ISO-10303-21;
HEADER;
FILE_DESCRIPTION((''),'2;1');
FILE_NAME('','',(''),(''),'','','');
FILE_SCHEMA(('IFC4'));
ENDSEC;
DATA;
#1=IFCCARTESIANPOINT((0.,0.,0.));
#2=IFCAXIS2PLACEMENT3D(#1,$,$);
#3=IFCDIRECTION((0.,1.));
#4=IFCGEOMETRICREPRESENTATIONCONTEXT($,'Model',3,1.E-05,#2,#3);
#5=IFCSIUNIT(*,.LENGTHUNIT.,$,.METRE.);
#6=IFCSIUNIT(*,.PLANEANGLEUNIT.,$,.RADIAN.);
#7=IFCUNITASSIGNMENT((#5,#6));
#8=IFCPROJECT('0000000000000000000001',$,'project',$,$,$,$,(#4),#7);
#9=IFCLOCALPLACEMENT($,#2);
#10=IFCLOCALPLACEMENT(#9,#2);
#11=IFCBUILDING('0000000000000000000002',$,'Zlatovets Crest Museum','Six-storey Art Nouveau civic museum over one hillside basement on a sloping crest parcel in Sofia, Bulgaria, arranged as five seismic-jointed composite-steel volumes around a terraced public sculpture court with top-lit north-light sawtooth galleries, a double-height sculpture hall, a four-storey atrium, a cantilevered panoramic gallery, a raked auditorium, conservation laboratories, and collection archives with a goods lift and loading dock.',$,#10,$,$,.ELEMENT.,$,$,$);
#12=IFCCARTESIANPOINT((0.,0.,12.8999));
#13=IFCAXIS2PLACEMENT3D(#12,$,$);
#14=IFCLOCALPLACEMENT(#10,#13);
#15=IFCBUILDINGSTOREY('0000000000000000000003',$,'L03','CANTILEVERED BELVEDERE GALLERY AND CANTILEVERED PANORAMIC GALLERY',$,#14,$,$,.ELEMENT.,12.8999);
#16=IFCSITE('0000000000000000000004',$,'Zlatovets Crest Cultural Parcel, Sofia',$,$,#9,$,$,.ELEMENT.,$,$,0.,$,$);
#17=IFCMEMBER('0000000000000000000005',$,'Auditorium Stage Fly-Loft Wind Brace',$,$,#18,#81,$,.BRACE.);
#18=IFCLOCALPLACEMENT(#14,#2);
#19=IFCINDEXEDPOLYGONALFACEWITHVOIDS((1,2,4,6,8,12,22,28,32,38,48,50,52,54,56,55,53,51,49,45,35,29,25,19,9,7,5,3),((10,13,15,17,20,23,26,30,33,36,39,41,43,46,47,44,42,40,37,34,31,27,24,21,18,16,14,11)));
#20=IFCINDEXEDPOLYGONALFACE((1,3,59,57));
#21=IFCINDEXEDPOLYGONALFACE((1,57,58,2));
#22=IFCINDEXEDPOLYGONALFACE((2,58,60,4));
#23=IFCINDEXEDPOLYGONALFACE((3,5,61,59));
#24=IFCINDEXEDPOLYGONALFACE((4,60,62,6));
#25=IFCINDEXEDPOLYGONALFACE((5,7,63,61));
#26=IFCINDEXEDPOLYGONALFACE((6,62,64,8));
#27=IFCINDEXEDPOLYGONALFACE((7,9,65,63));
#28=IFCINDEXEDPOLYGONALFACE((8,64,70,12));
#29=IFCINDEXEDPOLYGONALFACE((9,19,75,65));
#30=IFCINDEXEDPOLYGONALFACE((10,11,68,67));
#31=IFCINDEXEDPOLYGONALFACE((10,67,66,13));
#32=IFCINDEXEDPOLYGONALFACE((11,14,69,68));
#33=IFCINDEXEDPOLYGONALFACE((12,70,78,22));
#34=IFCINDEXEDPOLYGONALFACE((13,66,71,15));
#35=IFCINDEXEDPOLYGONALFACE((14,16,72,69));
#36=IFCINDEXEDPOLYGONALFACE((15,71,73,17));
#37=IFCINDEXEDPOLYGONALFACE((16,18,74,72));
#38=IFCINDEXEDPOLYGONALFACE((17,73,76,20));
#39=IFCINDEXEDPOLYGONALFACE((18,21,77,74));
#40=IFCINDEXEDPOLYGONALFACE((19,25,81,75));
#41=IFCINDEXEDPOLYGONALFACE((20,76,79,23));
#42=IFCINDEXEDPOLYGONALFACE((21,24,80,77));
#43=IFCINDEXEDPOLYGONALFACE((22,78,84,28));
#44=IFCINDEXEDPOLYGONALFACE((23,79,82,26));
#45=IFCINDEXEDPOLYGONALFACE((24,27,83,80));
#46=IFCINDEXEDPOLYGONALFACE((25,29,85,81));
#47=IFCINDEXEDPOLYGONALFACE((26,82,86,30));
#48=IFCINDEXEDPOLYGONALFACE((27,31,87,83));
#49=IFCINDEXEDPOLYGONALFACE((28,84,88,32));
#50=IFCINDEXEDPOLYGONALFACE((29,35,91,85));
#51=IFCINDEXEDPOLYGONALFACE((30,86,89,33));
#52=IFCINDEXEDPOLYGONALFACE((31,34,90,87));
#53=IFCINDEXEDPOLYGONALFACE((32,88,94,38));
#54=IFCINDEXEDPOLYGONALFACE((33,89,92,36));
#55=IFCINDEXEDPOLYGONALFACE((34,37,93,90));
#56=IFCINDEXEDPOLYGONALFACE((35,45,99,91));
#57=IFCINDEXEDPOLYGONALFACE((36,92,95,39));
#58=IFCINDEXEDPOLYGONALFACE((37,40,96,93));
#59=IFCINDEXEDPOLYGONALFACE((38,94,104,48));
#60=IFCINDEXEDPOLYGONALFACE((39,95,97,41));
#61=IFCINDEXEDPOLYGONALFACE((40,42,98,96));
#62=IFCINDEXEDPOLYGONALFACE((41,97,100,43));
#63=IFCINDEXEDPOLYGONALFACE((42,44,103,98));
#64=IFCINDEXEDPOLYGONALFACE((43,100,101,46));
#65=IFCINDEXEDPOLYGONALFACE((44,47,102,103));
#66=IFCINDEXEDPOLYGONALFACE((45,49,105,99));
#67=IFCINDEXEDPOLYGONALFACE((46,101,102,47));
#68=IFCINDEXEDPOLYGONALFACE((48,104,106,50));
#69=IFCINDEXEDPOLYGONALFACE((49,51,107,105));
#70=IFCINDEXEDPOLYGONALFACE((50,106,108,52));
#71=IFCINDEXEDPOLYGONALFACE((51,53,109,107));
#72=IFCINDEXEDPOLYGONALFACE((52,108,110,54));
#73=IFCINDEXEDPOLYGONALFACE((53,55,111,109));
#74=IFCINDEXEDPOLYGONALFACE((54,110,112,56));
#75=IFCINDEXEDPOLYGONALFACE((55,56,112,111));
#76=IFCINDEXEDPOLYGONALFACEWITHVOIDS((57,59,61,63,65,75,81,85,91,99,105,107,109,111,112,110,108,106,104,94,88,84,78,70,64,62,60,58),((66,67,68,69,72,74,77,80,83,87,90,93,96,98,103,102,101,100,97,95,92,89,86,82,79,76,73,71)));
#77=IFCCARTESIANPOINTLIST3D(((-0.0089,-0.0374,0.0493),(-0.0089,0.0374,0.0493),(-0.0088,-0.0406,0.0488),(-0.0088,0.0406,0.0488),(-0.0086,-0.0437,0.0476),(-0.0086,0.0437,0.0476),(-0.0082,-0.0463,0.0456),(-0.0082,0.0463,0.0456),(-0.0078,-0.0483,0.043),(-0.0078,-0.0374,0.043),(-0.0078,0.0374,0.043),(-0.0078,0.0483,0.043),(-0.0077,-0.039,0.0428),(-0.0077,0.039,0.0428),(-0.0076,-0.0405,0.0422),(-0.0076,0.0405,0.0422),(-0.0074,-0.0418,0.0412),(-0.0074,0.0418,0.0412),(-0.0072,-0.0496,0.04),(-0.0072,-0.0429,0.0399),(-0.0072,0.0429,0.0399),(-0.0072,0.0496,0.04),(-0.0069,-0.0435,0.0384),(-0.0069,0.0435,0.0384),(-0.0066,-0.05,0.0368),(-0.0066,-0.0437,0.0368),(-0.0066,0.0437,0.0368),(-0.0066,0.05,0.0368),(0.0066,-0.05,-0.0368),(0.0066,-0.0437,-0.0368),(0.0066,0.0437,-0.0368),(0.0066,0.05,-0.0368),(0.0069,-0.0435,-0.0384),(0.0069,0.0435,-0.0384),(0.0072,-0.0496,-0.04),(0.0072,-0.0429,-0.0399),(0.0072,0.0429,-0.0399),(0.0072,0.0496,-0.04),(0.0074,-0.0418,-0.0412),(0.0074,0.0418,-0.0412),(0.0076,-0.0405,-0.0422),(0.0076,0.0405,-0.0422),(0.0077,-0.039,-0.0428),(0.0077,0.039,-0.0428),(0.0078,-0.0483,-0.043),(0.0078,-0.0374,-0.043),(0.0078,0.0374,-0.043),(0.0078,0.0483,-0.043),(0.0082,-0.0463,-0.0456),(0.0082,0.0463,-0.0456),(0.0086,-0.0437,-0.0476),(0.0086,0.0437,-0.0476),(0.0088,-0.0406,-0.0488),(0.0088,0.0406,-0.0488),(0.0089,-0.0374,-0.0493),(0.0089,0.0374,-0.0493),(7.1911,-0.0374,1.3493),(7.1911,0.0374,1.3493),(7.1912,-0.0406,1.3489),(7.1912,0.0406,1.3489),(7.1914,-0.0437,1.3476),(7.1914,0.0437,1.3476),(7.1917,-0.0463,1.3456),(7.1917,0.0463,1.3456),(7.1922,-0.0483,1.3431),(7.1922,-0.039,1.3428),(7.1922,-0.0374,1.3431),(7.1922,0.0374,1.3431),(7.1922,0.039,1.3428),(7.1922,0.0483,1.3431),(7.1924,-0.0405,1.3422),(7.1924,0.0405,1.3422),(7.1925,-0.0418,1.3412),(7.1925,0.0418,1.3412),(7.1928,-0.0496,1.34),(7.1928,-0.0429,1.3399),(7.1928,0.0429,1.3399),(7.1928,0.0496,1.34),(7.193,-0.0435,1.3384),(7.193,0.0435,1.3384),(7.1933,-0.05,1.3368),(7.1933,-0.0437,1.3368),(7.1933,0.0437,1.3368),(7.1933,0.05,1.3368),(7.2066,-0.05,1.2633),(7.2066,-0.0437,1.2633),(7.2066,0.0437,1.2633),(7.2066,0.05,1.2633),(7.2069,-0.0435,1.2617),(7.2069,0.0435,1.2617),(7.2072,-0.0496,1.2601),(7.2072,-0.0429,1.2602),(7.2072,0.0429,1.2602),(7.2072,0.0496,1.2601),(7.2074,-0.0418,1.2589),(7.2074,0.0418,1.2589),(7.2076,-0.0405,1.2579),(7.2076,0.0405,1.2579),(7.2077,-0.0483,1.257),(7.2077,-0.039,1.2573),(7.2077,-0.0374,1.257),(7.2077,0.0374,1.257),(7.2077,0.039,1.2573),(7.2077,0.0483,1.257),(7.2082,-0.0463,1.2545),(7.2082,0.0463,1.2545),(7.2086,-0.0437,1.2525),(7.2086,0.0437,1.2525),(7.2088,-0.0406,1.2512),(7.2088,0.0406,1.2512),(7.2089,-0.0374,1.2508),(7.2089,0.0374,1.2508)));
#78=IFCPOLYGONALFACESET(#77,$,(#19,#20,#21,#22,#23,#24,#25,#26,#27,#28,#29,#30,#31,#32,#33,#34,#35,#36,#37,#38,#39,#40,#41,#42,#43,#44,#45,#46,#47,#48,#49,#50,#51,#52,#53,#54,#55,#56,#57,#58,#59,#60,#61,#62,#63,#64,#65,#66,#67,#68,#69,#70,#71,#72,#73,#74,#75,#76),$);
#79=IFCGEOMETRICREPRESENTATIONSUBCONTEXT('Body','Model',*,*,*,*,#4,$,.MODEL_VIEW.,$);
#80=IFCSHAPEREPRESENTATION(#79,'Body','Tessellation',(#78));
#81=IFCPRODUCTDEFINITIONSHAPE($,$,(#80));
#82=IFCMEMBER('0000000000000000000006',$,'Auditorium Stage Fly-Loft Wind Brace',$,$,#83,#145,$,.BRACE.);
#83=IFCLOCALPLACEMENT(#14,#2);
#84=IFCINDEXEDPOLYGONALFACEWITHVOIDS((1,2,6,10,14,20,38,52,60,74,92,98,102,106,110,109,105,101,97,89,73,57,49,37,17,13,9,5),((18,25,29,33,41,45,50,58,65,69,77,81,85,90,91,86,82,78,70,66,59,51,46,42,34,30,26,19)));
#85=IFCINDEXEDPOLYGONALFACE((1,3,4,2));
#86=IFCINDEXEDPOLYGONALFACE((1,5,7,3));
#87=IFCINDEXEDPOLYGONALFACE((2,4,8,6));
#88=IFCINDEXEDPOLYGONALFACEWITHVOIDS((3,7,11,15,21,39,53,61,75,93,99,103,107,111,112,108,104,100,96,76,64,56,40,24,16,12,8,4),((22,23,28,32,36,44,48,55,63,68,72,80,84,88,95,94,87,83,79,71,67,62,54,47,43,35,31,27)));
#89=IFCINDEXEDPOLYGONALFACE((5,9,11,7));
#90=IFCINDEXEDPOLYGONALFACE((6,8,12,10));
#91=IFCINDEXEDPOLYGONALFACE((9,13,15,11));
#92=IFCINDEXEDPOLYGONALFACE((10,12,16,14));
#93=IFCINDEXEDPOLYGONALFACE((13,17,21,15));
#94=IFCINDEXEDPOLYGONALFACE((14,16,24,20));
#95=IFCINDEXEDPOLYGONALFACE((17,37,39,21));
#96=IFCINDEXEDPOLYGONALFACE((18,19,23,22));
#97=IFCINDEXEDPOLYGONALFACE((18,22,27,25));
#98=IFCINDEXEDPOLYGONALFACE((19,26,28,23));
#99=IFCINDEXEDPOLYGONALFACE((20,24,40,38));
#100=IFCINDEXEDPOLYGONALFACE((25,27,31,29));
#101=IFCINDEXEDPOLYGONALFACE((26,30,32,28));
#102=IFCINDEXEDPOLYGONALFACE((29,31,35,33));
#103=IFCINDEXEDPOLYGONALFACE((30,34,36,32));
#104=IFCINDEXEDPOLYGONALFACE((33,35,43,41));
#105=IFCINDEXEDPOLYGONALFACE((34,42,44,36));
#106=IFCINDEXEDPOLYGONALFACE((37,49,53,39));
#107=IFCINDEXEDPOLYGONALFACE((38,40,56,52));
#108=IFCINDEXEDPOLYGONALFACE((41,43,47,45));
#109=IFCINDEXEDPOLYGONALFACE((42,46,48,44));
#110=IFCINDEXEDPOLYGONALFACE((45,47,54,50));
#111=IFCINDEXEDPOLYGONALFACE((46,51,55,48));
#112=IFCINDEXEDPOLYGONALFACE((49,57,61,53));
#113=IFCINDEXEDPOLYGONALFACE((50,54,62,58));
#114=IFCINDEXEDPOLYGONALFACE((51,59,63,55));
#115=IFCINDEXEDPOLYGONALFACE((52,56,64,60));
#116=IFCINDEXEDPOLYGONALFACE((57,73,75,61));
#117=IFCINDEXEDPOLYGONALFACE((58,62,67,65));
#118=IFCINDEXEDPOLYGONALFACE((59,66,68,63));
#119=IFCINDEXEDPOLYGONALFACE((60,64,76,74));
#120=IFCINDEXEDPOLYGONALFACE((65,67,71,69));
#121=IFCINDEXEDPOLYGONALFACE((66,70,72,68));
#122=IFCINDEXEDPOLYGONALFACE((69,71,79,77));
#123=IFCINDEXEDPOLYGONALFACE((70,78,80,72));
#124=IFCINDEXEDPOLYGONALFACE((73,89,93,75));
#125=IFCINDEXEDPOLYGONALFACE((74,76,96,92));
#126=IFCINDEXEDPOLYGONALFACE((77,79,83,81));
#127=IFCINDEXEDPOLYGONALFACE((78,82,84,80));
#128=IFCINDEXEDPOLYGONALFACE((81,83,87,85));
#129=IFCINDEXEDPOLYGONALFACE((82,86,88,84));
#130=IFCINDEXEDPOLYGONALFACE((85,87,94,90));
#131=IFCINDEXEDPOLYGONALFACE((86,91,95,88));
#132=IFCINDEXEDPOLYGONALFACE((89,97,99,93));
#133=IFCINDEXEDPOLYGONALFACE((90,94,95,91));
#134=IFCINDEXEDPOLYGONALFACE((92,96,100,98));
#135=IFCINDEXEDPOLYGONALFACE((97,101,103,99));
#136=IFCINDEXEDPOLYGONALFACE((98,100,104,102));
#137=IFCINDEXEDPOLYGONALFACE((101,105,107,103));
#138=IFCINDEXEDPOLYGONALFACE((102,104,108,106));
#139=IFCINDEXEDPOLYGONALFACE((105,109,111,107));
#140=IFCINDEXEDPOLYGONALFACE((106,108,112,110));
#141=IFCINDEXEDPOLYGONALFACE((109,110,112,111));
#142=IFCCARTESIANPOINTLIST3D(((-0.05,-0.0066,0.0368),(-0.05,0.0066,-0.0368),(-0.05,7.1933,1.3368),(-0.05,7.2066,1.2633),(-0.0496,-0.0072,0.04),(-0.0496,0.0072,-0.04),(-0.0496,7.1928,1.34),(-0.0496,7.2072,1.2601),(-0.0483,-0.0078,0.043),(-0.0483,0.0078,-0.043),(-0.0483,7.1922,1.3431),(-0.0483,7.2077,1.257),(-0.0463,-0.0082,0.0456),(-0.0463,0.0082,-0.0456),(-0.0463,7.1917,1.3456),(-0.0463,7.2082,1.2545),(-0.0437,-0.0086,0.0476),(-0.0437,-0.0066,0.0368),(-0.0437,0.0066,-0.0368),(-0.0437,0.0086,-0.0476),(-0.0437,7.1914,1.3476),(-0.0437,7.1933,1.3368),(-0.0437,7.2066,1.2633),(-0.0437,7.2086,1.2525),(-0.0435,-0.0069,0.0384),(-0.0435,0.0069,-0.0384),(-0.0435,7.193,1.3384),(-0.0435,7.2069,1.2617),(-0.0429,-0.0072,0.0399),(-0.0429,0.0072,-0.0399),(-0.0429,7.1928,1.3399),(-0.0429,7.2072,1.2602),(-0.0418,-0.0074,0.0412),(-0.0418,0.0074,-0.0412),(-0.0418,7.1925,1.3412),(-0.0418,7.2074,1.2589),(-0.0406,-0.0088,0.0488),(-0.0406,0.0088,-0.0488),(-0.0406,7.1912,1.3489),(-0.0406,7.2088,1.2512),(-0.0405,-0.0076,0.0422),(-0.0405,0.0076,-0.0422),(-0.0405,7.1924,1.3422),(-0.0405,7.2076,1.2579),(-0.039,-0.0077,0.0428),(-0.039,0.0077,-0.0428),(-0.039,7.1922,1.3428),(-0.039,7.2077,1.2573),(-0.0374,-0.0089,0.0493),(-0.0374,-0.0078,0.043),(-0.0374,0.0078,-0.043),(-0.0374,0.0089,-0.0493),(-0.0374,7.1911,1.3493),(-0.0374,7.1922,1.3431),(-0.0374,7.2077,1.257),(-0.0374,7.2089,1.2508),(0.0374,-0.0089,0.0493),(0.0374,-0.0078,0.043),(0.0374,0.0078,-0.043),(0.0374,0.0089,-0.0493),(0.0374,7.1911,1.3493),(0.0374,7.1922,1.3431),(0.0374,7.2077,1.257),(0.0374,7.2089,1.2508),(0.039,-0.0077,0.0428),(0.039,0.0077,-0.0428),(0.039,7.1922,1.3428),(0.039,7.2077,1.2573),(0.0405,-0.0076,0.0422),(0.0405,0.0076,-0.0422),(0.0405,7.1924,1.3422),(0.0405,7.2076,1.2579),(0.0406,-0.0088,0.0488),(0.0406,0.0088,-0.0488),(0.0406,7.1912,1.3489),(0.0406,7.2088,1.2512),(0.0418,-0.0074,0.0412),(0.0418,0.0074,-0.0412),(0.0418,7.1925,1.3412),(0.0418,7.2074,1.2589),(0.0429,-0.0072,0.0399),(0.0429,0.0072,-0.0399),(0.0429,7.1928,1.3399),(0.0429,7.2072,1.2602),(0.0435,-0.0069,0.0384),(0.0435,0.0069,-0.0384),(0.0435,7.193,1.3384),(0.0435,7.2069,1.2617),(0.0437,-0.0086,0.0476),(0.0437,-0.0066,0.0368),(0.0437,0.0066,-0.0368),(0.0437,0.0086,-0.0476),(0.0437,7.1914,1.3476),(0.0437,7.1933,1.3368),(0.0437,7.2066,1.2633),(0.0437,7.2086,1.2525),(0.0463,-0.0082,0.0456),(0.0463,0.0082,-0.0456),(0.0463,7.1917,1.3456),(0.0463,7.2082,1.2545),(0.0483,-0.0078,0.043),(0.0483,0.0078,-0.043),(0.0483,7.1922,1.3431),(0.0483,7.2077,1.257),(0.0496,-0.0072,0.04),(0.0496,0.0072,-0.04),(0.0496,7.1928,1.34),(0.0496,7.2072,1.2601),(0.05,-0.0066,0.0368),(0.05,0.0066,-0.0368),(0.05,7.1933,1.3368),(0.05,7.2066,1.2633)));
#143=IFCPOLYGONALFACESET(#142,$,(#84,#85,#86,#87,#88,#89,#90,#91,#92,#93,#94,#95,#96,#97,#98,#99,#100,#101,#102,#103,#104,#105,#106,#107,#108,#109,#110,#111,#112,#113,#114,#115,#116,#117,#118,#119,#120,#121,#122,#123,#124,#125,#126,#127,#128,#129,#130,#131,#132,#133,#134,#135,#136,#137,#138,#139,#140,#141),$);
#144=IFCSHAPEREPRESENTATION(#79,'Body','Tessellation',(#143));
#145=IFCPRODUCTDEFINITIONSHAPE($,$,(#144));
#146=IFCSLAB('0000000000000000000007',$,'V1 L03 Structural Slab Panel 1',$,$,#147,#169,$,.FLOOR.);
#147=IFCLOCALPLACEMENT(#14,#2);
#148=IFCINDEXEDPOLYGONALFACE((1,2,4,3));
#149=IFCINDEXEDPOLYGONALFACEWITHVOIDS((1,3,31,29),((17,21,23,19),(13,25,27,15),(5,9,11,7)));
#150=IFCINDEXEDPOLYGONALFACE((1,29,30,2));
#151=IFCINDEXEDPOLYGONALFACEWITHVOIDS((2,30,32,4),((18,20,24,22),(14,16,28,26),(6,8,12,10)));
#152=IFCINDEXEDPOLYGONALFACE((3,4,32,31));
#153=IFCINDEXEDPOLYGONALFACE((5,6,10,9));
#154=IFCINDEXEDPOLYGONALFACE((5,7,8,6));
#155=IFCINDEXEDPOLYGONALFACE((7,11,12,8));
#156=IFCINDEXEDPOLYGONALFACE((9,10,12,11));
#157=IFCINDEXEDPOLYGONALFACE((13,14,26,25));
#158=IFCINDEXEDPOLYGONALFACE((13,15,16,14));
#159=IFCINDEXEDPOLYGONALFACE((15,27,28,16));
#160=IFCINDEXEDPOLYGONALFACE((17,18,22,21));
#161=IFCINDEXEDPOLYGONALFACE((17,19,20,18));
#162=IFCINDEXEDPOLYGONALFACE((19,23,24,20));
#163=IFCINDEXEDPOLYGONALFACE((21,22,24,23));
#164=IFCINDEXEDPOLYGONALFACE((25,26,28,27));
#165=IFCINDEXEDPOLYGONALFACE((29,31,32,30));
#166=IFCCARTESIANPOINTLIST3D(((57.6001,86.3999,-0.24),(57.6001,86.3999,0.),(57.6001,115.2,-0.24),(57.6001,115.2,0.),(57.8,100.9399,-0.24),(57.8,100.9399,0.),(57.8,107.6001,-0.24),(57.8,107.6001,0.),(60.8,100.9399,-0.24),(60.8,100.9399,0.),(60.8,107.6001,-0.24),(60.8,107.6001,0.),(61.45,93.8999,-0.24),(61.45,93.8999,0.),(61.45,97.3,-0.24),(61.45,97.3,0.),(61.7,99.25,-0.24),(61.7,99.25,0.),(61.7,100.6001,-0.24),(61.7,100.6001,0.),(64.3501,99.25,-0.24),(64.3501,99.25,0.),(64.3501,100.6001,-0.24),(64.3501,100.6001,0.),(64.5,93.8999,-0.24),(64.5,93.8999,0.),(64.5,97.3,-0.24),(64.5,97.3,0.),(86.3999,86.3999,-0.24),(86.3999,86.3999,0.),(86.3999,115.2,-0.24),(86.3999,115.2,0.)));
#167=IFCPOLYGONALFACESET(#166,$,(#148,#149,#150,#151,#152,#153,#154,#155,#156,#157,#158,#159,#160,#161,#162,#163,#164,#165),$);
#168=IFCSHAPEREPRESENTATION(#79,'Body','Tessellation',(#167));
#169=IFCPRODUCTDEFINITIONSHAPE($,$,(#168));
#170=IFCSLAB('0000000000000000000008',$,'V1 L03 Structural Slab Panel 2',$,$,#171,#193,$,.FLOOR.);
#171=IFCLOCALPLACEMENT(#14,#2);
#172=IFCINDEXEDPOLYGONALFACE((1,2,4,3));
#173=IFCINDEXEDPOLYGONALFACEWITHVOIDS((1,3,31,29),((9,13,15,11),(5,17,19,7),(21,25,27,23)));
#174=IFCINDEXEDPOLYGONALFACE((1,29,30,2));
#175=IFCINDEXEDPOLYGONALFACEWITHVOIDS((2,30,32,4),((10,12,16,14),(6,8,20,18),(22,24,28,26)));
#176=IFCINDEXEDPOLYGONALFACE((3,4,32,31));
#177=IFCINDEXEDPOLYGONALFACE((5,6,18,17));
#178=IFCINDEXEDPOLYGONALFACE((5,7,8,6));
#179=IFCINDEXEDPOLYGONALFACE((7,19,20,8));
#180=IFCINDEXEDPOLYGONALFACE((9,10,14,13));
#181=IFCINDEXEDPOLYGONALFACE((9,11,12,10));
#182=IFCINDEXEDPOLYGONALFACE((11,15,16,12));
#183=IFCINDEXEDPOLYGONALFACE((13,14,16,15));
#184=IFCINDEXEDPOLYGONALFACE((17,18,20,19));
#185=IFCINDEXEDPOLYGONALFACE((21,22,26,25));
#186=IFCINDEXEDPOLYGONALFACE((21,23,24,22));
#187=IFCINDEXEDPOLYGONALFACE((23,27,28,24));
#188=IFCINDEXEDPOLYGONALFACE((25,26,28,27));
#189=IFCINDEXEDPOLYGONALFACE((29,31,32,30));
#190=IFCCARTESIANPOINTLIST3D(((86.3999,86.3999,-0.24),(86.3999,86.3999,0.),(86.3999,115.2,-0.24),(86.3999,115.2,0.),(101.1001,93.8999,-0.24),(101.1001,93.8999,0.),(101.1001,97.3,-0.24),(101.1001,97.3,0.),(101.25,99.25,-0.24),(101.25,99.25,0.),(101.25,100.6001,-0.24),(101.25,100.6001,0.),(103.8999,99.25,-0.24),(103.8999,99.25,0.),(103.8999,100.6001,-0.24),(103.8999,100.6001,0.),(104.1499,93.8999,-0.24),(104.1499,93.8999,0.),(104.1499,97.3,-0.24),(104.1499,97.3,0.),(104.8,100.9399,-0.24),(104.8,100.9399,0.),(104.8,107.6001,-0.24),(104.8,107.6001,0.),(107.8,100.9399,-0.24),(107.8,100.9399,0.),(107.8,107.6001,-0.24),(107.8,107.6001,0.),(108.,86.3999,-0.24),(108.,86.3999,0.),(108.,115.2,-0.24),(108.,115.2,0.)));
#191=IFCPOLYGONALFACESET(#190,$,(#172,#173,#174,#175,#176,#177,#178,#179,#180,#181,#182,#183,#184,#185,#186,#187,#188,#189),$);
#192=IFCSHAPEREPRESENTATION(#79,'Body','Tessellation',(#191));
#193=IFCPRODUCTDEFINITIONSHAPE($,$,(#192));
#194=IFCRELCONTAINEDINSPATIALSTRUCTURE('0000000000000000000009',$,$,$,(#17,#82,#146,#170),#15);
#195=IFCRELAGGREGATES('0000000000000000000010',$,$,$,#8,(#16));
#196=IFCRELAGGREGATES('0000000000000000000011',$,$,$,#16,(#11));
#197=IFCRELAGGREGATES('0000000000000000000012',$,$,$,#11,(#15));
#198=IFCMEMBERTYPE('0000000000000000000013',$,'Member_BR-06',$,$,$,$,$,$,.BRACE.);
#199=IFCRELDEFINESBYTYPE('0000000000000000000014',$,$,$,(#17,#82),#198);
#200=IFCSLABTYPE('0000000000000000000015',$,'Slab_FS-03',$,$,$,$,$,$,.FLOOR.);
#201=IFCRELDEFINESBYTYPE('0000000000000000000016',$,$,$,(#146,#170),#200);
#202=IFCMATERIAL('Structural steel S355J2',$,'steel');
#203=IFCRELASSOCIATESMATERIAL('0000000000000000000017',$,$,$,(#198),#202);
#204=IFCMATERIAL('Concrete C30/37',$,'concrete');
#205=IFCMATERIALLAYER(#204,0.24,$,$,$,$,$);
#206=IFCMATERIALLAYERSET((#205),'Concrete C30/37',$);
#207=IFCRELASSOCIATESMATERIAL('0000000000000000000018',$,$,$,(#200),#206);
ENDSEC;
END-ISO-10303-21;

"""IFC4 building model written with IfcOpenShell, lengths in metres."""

from ifc_helpers import new_model, si_unit, direction, frame, origin, origin_2d, place, context, subcontext, project, spatial, polyline, hollow_rectangle, outline, extrude, material, layer, layer_set, material_profile, profile_set, type_object, element, save


model = new_model("IFC4")

# Units and contexts
model_context = context("Model", 3, precision=1e-05, world=origin(), true_north=direction((0.0, 1.0)))
body_context = subcontext(model_context, "Body", "Model", "MODEL_VIEW")
ifc_project = project(units=[si_unit("LENGTHUNIT", "METRE"), si_unit("PLANEANGLEUNIT", "RADIAN")], contexts=[model_context])

# Site, building, storey
site_placement = place(None, origin())
site = spatial("IfcSite", under=ifc_project, at=site_placement, Name="Zlatovets Crest Cultural Parcel, Sofia", CompositionType="ELEMENT", RefElevation=0.0)
building_placement = place(site_placement, origin())
building = spatial("IfcBuilding", under=site, at=building_placement, Name="Zlatovets Crest Museum", Description="Six-storey Art Nouveau civic museum over one hillside basement on a sloping crest parcel in Sofia, Bulgaria, arranged as five seismic-jointed composite-steel volumes around a terraced public sculpture court with top-lit north-light sawtooth galleries, a double-height sculpture hall, a four-storey atrium, a cantilevered panoramic gallery, a raked auditorium, conservation laboratories, and collection archives with a goods lift and loading dock.", CompositionType="ELEMENT")
storey_placement = place(building_placement, frame((0.0, 0.0, 12.8999)))
storey = spatial("IfcBuildingStorey", under=building, at=storey_placement, Name="L03", Description="CANTILEVERED BELVEDERE GALLERY AND CANTILEVERED PANORAMIC GALLERY", CompositionType="ELEMENT", Elevation=12.8999)

# Shared definitions
ifc_material_1 = material(Name="Structural steel S355J2", Category="steel")

# Members
ifc_material_profile_1 = material_profile(ifc_material_1, hollow_rectangle(XDim=0.1001, YDim=0.1001, WallThickness=0.0063, InnerFilletRadius=0.0063, OuterFilletRadius=0.0127, at=origin_2d()), Name="SHS 100x100x6.3")
ifc_profile_set_1 = profile_set([ifc_material_profile_1], Name="Structural steel S355J2")
member_type = type_object("IfcMemberType", Name="Member_BR-06", PredefinedType="BRACE", material=ifc_profile_set_1)
for number, where, z_axis, x_axis, name in (
    (1, (0.0, 0.0, 0.0), (0.984086, 0.0, 0.17769), (0.0, 1.0, 0.0), "Auditorium Stage Fly-Loft Wind Brace"),
    (2, (0.0, 0.0, 0.0), (0.0, 0.984086, 0.17769), (-1.0, 0.0, 0.0), "Auditorium Stage Fly-Loft Wind Brace"),
):
    element("IfcMember", number, at=place(storey_placement, frame(where, z_axis=z_axis, x_axis=x_axis)), inside=storey, type_object=member_type, Name=name, PredefinedType="BRACE", context=body_context, shape_type="SweptSolid", body=[
        extrude(hollow_rectangle(XDim=0.1001, YDim=0.1001, WallThickness=0.0063, InnerFilletRadius=0.0063, OuterFilletRadius=0.0127, at=origin_2d()), origin(), (0.0, 0.0, 1.0), 7.3164),
    ])

# Slabs
ifc_material_2 = material(Name="Concrete C30/37", Category="concrete")
ifc_layer_1 = layer(ifc_material_2, 0.24)
ifc_layer_set_1 = layer_set([ifc_layer_1], Name="Concrete C30/37")
slab_type_1 = type_object("IfcSlabType", Name="Slab_FS-03", PredefinedType="FLOOR", material=ifc_layer_set_1)
slab_1_placement = place(storey_placement, frame((0.0, 0.0, -0.24)))
element("IfcSlab", 3, at=slab_1_placement, inside=storey, type_object=slab_type_1, Name="V1 L03 Structural Slab Panel 1", PredefinedType="FLOOR", context=body_context, shape_type="SweptSolid", body=[
    extrude(outline(polyline([(86.3999, 115.2), (86.3999, 86.3999), (57.6001, 86.3999), (57.6001, 115.2), (86.3999, 115.2)]), holes=[polyline([(57.8, 107.6001), (57.8, 100.9399), (60.8, 100.9399), (60.8, 107.6001), (57.8, 107.6001)]), polyline([(64.5, 93.8999), (64.5, 97.3), (61.45, 97.3), (61.45, 93.8999), (64.5, 93.8999)]), polyline([(61.7, 99.25), (64.3501, 99.25), (64.3501, 100.6001), (61.7, 100.6001), (61.7, 99.25)])]), origin(), (0.0, 0.0, 1.0), 0.24),
])
slab_2_placement = place(storey_placement, frame((0.0, 0.0, -0.24)))
element("IfcSlab", 4, at=slab_2_placement, inside=storey, type_object=slab_type_1, Name="V1 L03 Structural Slab Panel 2", PredefinedType="FLOOR", context=body_context, shape_type="SweptSolid", body=[
    extrude(outline(polyline([(86.3999, 86.3999), (86.3999, 115.2), (108.0, 115.2), (108.0, 86.3999), (86.3999, 86.3999)]), holes=[polyline([(107.8, 107.6001), (104.8, 107.6001), (104.8, 100.9399), (107.8, 100.9399), (107.8, 107.6001)]), polyline([(101.1001, 97.3), (101.1001, 93.8999), (104.1499, 93.8999), (104.1499, 97.3), (101.1001, 97.3)]), polyline([(103.8999, 100.6001), (101.25, 100.6001), (101.25, 99.25), (103.8999, 99.25), (103.8999, 100.6001)])]), origin(), (0.0, 0.0, 1.0), 0.24),
])

save(model, "model.ifc")
